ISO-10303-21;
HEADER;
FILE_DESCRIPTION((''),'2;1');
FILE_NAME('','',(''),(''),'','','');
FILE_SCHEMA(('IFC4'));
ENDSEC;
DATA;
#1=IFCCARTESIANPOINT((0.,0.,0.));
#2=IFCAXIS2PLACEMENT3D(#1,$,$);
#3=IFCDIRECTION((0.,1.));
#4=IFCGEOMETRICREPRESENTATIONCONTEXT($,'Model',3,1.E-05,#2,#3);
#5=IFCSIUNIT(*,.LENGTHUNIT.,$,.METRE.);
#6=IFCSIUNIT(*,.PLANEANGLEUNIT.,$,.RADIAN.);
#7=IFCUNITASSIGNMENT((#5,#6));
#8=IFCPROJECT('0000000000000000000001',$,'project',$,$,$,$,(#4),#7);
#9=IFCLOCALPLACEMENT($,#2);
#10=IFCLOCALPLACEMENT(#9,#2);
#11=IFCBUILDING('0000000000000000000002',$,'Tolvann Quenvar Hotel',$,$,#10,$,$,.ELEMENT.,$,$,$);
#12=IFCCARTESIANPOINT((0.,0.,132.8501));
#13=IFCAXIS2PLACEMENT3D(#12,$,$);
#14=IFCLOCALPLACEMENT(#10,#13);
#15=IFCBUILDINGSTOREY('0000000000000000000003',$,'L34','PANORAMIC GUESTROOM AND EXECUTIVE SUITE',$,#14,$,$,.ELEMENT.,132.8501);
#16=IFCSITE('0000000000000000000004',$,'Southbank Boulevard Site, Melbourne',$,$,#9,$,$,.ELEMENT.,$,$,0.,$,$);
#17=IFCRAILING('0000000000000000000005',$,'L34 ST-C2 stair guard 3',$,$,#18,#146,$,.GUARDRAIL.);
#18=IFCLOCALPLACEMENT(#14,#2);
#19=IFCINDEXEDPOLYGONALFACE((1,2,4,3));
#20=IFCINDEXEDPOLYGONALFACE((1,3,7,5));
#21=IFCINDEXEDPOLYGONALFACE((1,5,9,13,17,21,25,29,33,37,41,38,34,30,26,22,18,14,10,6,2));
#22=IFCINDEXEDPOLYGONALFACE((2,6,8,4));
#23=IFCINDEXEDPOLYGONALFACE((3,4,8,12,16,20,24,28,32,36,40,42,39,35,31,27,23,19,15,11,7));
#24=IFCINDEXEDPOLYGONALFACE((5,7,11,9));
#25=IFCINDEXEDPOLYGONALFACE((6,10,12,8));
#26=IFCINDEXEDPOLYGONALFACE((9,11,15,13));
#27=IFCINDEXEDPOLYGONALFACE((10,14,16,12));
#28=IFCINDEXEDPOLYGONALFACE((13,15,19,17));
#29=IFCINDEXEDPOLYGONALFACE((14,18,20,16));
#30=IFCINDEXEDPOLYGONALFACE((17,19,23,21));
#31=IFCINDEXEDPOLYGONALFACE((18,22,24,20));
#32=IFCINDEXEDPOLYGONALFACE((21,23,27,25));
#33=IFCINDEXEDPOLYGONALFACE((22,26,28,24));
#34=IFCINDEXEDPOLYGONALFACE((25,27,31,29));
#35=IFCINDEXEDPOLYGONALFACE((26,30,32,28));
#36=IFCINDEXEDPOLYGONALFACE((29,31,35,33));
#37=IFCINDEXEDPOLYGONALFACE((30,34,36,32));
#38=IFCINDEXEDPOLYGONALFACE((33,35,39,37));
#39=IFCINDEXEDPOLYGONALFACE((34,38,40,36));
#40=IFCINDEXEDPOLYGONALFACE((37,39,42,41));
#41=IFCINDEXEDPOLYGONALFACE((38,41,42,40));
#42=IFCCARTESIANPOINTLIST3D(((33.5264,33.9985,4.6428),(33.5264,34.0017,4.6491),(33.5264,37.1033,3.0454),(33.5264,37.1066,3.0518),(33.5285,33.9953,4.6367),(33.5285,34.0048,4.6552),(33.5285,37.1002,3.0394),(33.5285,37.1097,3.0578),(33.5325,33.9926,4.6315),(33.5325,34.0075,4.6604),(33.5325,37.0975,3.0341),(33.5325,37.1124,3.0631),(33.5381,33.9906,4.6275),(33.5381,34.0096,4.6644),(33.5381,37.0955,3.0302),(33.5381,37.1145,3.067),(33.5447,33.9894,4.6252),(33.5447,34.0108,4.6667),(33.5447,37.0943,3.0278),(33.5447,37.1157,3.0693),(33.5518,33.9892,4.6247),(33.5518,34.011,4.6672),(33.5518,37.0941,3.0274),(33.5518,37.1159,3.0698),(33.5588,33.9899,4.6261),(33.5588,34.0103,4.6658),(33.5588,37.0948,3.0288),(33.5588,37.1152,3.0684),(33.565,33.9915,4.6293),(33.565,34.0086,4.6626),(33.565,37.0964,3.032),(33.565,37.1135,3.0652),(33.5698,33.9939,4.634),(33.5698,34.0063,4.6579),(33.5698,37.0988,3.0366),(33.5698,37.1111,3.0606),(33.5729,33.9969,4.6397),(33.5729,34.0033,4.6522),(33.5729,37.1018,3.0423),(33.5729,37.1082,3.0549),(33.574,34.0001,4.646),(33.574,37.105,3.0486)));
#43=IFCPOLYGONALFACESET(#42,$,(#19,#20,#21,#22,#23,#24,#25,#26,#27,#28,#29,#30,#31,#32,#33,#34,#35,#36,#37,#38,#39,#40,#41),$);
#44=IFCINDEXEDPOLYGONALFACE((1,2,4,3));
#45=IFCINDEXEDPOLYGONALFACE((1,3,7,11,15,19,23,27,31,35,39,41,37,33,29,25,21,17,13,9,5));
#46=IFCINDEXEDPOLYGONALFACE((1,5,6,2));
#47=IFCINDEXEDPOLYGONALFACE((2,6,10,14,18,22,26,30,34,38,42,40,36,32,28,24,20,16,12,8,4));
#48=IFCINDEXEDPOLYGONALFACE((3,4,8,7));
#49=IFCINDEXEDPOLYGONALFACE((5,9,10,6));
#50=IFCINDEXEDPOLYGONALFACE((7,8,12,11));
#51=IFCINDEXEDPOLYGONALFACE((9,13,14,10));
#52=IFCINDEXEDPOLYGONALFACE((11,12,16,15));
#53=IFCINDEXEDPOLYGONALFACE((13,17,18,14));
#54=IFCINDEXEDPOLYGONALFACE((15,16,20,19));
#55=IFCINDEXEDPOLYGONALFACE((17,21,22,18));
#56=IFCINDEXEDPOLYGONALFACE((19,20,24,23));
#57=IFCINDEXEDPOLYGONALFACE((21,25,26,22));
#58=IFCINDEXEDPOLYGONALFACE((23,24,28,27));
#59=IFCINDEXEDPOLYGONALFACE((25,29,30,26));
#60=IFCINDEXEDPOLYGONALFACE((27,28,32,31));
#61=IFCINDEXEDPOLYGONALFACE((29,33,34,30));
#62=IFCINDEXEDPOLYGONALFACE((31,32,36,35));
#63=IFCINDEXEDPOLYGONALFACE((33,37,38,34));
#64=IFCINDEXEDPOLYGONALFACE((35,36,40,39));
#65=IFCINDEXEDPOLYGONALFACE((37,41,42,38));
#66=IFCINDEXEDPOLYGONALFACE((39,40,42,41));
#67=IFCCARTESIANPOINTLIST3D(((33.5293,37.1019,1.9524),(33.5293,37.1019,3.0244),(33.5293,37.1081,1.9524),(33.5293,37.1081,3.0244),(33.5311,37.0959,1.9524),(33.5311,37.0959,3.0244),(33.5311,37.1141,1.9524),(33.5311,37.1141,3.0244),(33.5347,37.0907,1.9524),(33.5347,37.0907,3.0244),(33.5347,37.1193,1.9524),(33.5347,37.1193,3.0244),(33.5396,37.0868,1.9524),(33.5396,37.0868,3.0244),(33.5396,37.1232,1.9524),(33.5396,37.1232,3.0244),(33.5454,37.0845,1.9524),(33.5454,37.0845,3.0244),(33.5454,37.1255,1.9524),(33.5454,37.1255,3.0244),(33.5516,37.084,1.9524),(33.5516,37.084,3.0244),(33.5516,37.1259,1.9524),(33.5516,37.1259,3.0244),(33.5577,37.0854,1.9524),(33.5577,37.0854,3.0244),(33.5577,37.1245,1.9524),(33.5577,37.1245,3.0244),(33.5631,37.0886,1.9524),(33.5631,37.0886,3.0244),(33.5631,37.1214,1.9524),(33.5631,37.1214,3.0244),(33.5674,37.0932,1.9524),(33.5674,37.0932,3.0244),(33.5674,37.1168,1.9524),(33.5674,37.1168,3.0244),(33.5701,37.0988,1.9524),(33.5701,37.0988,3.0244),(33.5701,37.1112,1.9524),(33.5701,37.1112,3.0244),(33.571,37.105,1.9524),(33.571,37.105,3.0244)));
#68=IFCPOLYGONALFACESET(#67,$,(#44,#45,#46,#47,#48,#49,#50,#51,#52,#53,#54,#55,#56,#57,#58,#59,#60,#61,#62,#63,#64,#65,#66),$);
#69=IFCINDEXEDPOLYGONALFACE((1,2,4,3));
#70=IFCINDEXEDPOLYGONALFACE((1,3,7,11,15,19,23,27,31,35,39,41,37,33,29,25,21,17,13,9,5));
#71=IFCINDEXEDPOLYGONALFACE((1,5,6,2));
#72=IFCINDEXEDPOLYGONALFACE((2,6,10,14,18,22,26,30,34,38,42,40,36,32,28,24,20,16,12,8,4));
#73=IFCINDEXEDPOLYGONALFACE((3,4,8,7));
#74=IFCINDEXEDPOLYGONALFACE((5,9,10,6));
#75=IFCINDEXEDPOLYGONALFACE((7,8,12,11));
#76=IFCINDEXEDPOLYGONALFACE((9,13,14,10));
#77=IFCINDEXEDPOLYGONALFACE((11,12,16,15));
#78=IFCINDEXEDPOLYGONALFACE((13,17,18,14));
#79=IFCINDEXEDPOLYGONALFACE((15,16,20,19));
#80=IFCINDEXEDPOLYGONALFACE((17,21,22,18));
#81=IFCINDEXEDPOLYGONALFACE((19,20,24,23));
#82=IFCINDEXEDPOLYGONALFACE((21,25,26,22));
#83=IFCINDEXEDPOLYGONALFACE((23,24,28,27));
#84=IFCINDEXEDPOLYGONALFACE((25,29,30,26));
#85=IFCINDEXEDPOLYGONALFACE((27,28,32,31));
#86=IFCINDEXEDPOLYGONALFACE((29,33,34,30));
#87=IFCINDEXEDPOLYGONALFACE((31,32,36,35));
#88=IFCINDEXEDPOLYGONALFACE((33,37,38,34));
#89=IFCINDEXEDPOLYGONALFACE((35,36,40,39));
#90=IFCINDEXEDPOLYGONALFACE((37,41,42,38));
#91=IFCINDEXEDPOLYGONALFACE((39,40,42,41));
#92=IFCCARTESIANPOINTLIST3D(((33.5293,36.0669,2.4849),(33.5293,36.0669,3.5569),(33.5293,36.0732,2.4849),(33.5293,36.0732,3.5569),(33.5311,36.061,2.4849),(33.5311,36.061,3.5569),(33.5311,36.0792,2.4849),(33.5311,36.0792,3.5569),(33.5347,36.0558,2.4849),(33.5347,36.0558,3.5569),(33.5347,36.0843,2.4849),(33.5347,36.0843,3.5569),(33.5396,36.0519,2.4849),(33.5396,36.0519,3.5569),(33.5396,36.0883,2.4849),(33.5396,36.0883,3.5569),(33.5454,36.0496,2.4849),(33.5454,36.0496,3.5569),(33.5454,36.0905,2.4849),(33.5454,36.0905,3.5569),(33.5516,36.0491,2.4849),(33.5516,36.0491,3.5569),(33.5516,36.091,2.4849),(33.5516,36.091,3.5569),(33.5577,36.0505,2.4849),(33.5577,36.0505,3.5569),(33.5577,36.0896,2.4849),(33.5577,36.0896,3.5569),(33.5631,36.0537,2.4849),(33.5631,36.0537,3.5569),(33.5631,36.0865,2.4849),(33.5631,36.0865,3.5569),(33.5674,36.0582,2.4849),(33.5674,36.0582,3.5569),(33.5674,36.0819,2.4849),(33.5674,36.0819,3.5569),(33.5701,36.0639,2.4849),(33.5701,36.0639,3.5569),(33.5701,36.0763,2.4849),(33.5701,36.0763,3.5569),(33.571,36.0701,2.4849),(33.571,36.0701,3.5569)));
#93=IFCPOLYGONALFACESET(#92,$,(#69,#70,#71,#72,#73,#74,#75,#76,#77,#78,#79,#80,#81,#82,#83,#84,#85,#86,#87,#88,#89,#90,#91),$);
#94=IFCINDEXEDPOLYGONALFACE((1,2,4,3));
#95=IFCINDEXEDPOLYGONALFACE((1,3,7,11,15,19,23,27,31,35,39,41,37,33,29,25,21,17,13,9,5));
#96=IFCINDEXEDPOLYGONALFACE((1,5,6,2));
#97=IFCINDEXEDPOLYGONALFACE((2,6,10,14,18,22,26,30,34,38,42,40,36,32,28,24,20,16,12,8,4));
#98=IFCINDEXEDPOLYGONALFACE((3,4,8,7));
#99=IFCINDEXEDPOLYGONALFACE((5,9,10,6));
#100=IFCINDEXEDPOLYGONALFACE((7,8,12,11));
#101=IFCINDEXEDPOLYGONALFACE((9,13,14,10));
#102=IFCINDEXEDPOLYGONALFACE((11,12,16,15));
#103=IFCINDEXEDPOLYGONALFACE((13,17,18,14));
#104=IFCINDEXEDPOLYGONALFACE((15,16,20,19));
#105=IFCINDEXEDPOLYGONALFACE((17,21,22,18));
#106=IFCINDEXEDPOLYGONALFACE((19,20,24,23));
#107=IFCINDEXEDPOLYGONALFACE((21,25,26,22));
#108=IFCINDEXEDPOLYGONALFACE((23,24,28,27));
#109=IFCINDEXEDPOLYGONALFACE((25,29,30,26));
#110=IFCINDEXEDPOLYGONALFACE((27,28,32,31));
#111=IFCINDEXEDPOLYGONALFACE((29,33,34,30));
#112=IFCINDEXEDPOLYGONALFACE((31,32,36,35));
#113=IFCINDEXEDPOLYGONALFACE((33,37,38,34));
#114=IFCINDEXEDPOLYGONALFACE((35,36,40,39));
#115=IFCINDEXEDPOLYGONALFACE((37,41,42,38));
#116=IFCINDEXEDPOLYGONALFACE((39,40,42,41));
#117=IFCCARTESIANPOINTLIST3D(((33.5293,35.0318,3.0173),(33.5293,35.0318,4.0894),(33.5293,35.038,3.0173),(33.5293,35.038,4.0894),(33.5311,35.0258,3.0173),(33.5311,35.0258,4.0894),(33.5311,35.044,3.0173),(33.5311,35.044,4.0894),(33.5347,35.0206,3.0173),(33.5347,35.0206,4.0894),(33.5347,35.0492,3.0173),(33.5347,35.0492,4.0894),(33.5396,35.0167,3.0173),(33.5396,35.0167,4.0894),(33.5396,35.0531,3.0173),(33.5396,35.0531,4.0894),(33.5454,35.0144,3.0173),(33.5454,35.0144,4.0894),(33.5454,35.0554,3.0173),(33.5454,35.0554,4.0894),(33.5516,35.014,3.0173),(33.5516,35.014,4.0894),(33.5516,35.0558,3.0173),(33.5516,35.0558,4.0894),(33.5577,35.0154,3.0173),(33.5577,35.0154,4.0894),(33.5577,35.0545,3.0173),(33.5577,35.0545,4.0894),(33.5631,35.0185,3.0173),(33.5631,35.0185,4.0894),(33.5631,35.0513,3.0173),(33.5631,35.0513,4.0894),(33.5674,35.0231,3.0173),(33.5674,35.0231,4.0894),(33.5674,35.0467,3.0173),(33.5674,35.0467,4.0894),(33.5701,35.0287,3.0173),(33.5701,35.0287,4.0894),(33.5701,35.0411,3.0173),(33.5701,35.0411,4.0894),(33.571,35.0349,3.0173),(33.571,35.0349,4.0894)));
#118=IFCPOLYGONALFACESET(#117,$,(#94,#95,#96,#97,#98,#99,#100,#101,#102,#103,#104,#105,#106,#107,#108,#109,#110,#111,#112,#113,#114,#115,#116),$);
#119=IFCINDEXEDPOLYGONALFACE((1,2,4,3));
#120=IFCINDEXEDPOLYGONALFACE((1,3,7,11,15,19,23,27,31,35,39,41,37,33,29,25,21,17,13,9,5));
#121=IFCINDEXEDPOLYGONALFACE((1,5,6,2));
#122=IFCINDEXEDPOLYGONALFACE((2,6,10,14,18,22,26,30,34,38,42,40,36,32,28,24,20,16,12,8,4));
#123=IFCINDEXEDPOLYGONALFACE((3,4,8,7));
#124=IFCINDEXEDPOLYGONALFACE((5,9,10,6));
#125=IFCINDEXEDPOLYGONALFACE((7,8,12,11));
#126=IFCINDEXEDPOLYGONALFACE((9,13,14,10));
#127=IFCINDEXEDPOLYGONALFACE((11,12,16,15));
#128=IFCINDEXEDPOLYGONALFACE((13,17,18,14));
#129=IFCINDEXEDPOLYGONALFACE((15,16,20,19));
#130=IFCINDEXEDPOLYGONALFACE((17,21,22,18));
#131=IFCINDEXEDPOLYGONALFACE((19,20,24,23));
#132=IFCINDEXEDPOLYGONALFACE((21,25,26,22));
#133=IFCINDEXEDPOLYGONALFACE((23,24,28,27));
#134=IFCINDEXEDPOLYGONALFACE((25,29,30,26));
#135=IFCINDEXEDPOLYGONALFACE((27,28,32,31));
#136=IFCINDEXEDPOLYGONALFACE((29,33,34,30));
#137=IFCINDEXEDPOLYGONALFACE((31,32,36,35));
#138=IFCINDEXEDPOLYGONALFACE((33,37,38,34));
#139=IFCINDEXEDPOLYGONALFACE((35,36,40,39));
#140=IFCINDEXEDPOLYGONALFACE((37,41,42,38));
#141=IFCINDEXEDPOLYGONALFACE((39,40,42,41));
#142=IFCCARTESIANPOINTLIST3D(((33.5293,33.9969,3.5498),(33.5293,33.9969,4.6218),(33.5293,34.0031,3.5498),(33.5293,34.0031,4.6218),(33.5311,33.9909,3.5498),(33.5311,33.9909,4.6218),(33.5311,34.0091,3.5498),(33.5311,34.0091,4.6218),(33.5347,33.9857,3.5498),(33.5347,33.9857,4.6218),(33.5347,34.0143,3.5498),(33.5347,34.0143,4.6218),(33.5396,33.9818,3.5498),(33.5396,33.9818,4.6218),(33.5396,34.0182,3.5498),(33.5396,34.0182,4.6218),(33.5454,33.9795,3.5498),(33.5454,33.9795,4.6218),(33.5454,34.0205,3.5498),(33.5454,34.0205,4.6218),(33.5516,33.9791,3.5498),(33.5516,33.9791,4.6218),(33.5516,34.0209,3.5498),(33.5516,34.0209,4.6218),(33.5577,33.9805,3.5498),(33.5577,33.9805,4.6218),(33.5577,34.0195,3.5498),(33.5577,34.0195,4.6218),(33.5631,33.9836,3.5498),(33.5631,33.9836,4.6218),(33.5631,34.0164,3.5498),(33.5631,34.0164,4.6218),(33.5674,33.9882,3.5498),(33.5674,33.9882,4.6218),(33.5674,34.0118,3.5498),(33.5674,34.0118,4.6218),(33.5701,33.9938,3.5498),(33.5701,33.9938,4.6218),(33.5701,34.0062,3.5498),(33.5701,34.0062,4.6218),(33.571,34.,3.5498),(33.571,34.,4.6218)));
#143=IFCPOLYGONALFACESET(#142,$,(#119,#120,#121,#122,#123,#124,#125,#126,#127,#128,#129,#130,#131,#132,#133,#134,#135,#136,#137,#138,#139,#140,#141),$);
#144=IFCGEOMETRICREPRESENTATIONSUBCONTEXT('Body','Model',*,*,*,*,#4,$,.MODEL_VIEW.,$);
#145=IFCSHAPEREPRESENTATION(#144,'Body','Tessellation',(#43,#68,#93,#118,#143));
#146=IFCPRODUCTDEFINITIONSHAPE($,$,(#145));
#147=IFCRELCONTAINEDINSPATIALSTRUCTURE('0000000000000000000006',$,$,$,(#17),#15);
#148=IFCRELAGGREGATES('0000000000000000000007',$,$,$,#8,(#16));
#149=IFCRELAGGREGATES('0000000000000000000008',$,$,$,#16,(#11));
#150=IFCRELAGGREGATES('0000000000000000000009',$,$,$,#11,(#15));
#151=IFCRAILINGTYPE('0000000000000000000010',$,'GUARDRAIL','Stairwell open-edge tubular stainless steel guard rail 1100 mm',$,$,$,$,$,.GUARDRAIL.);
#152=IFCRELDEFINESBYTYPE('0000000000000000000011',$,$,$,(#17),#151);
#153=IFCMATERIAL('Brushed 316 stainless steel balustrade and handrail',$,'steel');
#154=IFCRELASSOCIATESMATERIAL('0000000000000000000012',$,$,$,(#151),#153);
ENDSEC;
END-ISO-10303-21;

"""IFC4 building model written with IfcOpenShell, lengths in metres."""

from ifc_helpers import new_model, si_unit, direction, frame, origin, origin_2d, place, context, subcontext, project, spatial, circle, extrude, material, type_object, element, save


model = new_model("IFC4")

# Units and contexts
model_context = context("Model", 3, precision=1e-05, world=origin(), true_north=direction((0.0, 1.0)))
body_context = subcontext(model_context, "Body", "Model", "MODEL_VIEW")
ifc_project = project(units=[si_unit("LENGTHUNIT", "METRE"), si_unit("PLANEANGLEUNIT", "RADIAN")], contexts=[model_context])

# Site, building, storey
site_placement = place(None, origin())
site = spatial("IfcSite", under=ifc_project, at=site_placement, Name="Southbank Boulevard Site, Melbourne", CompositionType="ELEMENT", RefElevation=0.0)
building_placement = place(site_placement, origin())
building = spatial("IfcBuilding", under=site, at=building_placement, Name="Tolvann Quenvar Hotel", CompositionType="ELEMENT")
storey_placement = place(building_placement, frame((0.0, 0.0, 132.8501)))
storey = spatial("IfcBuildingStorey", under=building, at=storey_placement, Name="L34", Description="PANORAMIC GUESTROOM AND EXECUTIVE SUITE", CompositionType="ELEMENT", Elevation=132.8501)

# Railing
ifc_material_1 = material(Name="Brushed 316 stainless steel balustrade and handrail", Category="steel")
railing_type_1 = type_object("IfcRailingType", Name="GUARDRAIL", Description="Stairwell open-edge tubular stainless steel guard rail 1100 mm", PredefinedType="GUARDRAIL", material=ifc_material_1)
railing_1_placement = place(storey_placement, frame((33.55, 37.105, 1.9524)))
element("IfcRailing", 1, at=railing_1_placement, inside=storey, type_object=railing_type_1, Name="L34 ST-C2 stair guard 3", PredefinedType="GUARDRAIL", context=body_context, shape_type="SweptSolid", body=[
    extrude(circle(Radius=0.0239, at=origin_2d()), frame((0.0, 0.0, 1.0962), z_axis=(0.0, -0.889222, 0.457476), x_axis=(1.0, 0.0, 0.0)), (0.0, 0.0, 1.0), 3.4917),
    extrude(circle(Radius=0.021, at=origin_2d()), origin(), (0.0, 0.0, 1.0), 1.072),
    extrude(circle(Radius=0.021, at=origin_2d()), frame((0.0, -1.0349, 0.5325)), (0.0, 0.0, 1.0), 1.072),
    extrude(circle(Radius=0.021, at=origin_2d()), frame((0.0, -2.0701, 1.0649)), (0.0, 0.0, 1.0), 1.072),
    extrude(circle(Radius=0.021, at=origin_2d()), frame((0.0, -3.105, 1.5974)), (0.0, 0.0, 1.0), 1.072),
])

save(model, "model.ifc")
